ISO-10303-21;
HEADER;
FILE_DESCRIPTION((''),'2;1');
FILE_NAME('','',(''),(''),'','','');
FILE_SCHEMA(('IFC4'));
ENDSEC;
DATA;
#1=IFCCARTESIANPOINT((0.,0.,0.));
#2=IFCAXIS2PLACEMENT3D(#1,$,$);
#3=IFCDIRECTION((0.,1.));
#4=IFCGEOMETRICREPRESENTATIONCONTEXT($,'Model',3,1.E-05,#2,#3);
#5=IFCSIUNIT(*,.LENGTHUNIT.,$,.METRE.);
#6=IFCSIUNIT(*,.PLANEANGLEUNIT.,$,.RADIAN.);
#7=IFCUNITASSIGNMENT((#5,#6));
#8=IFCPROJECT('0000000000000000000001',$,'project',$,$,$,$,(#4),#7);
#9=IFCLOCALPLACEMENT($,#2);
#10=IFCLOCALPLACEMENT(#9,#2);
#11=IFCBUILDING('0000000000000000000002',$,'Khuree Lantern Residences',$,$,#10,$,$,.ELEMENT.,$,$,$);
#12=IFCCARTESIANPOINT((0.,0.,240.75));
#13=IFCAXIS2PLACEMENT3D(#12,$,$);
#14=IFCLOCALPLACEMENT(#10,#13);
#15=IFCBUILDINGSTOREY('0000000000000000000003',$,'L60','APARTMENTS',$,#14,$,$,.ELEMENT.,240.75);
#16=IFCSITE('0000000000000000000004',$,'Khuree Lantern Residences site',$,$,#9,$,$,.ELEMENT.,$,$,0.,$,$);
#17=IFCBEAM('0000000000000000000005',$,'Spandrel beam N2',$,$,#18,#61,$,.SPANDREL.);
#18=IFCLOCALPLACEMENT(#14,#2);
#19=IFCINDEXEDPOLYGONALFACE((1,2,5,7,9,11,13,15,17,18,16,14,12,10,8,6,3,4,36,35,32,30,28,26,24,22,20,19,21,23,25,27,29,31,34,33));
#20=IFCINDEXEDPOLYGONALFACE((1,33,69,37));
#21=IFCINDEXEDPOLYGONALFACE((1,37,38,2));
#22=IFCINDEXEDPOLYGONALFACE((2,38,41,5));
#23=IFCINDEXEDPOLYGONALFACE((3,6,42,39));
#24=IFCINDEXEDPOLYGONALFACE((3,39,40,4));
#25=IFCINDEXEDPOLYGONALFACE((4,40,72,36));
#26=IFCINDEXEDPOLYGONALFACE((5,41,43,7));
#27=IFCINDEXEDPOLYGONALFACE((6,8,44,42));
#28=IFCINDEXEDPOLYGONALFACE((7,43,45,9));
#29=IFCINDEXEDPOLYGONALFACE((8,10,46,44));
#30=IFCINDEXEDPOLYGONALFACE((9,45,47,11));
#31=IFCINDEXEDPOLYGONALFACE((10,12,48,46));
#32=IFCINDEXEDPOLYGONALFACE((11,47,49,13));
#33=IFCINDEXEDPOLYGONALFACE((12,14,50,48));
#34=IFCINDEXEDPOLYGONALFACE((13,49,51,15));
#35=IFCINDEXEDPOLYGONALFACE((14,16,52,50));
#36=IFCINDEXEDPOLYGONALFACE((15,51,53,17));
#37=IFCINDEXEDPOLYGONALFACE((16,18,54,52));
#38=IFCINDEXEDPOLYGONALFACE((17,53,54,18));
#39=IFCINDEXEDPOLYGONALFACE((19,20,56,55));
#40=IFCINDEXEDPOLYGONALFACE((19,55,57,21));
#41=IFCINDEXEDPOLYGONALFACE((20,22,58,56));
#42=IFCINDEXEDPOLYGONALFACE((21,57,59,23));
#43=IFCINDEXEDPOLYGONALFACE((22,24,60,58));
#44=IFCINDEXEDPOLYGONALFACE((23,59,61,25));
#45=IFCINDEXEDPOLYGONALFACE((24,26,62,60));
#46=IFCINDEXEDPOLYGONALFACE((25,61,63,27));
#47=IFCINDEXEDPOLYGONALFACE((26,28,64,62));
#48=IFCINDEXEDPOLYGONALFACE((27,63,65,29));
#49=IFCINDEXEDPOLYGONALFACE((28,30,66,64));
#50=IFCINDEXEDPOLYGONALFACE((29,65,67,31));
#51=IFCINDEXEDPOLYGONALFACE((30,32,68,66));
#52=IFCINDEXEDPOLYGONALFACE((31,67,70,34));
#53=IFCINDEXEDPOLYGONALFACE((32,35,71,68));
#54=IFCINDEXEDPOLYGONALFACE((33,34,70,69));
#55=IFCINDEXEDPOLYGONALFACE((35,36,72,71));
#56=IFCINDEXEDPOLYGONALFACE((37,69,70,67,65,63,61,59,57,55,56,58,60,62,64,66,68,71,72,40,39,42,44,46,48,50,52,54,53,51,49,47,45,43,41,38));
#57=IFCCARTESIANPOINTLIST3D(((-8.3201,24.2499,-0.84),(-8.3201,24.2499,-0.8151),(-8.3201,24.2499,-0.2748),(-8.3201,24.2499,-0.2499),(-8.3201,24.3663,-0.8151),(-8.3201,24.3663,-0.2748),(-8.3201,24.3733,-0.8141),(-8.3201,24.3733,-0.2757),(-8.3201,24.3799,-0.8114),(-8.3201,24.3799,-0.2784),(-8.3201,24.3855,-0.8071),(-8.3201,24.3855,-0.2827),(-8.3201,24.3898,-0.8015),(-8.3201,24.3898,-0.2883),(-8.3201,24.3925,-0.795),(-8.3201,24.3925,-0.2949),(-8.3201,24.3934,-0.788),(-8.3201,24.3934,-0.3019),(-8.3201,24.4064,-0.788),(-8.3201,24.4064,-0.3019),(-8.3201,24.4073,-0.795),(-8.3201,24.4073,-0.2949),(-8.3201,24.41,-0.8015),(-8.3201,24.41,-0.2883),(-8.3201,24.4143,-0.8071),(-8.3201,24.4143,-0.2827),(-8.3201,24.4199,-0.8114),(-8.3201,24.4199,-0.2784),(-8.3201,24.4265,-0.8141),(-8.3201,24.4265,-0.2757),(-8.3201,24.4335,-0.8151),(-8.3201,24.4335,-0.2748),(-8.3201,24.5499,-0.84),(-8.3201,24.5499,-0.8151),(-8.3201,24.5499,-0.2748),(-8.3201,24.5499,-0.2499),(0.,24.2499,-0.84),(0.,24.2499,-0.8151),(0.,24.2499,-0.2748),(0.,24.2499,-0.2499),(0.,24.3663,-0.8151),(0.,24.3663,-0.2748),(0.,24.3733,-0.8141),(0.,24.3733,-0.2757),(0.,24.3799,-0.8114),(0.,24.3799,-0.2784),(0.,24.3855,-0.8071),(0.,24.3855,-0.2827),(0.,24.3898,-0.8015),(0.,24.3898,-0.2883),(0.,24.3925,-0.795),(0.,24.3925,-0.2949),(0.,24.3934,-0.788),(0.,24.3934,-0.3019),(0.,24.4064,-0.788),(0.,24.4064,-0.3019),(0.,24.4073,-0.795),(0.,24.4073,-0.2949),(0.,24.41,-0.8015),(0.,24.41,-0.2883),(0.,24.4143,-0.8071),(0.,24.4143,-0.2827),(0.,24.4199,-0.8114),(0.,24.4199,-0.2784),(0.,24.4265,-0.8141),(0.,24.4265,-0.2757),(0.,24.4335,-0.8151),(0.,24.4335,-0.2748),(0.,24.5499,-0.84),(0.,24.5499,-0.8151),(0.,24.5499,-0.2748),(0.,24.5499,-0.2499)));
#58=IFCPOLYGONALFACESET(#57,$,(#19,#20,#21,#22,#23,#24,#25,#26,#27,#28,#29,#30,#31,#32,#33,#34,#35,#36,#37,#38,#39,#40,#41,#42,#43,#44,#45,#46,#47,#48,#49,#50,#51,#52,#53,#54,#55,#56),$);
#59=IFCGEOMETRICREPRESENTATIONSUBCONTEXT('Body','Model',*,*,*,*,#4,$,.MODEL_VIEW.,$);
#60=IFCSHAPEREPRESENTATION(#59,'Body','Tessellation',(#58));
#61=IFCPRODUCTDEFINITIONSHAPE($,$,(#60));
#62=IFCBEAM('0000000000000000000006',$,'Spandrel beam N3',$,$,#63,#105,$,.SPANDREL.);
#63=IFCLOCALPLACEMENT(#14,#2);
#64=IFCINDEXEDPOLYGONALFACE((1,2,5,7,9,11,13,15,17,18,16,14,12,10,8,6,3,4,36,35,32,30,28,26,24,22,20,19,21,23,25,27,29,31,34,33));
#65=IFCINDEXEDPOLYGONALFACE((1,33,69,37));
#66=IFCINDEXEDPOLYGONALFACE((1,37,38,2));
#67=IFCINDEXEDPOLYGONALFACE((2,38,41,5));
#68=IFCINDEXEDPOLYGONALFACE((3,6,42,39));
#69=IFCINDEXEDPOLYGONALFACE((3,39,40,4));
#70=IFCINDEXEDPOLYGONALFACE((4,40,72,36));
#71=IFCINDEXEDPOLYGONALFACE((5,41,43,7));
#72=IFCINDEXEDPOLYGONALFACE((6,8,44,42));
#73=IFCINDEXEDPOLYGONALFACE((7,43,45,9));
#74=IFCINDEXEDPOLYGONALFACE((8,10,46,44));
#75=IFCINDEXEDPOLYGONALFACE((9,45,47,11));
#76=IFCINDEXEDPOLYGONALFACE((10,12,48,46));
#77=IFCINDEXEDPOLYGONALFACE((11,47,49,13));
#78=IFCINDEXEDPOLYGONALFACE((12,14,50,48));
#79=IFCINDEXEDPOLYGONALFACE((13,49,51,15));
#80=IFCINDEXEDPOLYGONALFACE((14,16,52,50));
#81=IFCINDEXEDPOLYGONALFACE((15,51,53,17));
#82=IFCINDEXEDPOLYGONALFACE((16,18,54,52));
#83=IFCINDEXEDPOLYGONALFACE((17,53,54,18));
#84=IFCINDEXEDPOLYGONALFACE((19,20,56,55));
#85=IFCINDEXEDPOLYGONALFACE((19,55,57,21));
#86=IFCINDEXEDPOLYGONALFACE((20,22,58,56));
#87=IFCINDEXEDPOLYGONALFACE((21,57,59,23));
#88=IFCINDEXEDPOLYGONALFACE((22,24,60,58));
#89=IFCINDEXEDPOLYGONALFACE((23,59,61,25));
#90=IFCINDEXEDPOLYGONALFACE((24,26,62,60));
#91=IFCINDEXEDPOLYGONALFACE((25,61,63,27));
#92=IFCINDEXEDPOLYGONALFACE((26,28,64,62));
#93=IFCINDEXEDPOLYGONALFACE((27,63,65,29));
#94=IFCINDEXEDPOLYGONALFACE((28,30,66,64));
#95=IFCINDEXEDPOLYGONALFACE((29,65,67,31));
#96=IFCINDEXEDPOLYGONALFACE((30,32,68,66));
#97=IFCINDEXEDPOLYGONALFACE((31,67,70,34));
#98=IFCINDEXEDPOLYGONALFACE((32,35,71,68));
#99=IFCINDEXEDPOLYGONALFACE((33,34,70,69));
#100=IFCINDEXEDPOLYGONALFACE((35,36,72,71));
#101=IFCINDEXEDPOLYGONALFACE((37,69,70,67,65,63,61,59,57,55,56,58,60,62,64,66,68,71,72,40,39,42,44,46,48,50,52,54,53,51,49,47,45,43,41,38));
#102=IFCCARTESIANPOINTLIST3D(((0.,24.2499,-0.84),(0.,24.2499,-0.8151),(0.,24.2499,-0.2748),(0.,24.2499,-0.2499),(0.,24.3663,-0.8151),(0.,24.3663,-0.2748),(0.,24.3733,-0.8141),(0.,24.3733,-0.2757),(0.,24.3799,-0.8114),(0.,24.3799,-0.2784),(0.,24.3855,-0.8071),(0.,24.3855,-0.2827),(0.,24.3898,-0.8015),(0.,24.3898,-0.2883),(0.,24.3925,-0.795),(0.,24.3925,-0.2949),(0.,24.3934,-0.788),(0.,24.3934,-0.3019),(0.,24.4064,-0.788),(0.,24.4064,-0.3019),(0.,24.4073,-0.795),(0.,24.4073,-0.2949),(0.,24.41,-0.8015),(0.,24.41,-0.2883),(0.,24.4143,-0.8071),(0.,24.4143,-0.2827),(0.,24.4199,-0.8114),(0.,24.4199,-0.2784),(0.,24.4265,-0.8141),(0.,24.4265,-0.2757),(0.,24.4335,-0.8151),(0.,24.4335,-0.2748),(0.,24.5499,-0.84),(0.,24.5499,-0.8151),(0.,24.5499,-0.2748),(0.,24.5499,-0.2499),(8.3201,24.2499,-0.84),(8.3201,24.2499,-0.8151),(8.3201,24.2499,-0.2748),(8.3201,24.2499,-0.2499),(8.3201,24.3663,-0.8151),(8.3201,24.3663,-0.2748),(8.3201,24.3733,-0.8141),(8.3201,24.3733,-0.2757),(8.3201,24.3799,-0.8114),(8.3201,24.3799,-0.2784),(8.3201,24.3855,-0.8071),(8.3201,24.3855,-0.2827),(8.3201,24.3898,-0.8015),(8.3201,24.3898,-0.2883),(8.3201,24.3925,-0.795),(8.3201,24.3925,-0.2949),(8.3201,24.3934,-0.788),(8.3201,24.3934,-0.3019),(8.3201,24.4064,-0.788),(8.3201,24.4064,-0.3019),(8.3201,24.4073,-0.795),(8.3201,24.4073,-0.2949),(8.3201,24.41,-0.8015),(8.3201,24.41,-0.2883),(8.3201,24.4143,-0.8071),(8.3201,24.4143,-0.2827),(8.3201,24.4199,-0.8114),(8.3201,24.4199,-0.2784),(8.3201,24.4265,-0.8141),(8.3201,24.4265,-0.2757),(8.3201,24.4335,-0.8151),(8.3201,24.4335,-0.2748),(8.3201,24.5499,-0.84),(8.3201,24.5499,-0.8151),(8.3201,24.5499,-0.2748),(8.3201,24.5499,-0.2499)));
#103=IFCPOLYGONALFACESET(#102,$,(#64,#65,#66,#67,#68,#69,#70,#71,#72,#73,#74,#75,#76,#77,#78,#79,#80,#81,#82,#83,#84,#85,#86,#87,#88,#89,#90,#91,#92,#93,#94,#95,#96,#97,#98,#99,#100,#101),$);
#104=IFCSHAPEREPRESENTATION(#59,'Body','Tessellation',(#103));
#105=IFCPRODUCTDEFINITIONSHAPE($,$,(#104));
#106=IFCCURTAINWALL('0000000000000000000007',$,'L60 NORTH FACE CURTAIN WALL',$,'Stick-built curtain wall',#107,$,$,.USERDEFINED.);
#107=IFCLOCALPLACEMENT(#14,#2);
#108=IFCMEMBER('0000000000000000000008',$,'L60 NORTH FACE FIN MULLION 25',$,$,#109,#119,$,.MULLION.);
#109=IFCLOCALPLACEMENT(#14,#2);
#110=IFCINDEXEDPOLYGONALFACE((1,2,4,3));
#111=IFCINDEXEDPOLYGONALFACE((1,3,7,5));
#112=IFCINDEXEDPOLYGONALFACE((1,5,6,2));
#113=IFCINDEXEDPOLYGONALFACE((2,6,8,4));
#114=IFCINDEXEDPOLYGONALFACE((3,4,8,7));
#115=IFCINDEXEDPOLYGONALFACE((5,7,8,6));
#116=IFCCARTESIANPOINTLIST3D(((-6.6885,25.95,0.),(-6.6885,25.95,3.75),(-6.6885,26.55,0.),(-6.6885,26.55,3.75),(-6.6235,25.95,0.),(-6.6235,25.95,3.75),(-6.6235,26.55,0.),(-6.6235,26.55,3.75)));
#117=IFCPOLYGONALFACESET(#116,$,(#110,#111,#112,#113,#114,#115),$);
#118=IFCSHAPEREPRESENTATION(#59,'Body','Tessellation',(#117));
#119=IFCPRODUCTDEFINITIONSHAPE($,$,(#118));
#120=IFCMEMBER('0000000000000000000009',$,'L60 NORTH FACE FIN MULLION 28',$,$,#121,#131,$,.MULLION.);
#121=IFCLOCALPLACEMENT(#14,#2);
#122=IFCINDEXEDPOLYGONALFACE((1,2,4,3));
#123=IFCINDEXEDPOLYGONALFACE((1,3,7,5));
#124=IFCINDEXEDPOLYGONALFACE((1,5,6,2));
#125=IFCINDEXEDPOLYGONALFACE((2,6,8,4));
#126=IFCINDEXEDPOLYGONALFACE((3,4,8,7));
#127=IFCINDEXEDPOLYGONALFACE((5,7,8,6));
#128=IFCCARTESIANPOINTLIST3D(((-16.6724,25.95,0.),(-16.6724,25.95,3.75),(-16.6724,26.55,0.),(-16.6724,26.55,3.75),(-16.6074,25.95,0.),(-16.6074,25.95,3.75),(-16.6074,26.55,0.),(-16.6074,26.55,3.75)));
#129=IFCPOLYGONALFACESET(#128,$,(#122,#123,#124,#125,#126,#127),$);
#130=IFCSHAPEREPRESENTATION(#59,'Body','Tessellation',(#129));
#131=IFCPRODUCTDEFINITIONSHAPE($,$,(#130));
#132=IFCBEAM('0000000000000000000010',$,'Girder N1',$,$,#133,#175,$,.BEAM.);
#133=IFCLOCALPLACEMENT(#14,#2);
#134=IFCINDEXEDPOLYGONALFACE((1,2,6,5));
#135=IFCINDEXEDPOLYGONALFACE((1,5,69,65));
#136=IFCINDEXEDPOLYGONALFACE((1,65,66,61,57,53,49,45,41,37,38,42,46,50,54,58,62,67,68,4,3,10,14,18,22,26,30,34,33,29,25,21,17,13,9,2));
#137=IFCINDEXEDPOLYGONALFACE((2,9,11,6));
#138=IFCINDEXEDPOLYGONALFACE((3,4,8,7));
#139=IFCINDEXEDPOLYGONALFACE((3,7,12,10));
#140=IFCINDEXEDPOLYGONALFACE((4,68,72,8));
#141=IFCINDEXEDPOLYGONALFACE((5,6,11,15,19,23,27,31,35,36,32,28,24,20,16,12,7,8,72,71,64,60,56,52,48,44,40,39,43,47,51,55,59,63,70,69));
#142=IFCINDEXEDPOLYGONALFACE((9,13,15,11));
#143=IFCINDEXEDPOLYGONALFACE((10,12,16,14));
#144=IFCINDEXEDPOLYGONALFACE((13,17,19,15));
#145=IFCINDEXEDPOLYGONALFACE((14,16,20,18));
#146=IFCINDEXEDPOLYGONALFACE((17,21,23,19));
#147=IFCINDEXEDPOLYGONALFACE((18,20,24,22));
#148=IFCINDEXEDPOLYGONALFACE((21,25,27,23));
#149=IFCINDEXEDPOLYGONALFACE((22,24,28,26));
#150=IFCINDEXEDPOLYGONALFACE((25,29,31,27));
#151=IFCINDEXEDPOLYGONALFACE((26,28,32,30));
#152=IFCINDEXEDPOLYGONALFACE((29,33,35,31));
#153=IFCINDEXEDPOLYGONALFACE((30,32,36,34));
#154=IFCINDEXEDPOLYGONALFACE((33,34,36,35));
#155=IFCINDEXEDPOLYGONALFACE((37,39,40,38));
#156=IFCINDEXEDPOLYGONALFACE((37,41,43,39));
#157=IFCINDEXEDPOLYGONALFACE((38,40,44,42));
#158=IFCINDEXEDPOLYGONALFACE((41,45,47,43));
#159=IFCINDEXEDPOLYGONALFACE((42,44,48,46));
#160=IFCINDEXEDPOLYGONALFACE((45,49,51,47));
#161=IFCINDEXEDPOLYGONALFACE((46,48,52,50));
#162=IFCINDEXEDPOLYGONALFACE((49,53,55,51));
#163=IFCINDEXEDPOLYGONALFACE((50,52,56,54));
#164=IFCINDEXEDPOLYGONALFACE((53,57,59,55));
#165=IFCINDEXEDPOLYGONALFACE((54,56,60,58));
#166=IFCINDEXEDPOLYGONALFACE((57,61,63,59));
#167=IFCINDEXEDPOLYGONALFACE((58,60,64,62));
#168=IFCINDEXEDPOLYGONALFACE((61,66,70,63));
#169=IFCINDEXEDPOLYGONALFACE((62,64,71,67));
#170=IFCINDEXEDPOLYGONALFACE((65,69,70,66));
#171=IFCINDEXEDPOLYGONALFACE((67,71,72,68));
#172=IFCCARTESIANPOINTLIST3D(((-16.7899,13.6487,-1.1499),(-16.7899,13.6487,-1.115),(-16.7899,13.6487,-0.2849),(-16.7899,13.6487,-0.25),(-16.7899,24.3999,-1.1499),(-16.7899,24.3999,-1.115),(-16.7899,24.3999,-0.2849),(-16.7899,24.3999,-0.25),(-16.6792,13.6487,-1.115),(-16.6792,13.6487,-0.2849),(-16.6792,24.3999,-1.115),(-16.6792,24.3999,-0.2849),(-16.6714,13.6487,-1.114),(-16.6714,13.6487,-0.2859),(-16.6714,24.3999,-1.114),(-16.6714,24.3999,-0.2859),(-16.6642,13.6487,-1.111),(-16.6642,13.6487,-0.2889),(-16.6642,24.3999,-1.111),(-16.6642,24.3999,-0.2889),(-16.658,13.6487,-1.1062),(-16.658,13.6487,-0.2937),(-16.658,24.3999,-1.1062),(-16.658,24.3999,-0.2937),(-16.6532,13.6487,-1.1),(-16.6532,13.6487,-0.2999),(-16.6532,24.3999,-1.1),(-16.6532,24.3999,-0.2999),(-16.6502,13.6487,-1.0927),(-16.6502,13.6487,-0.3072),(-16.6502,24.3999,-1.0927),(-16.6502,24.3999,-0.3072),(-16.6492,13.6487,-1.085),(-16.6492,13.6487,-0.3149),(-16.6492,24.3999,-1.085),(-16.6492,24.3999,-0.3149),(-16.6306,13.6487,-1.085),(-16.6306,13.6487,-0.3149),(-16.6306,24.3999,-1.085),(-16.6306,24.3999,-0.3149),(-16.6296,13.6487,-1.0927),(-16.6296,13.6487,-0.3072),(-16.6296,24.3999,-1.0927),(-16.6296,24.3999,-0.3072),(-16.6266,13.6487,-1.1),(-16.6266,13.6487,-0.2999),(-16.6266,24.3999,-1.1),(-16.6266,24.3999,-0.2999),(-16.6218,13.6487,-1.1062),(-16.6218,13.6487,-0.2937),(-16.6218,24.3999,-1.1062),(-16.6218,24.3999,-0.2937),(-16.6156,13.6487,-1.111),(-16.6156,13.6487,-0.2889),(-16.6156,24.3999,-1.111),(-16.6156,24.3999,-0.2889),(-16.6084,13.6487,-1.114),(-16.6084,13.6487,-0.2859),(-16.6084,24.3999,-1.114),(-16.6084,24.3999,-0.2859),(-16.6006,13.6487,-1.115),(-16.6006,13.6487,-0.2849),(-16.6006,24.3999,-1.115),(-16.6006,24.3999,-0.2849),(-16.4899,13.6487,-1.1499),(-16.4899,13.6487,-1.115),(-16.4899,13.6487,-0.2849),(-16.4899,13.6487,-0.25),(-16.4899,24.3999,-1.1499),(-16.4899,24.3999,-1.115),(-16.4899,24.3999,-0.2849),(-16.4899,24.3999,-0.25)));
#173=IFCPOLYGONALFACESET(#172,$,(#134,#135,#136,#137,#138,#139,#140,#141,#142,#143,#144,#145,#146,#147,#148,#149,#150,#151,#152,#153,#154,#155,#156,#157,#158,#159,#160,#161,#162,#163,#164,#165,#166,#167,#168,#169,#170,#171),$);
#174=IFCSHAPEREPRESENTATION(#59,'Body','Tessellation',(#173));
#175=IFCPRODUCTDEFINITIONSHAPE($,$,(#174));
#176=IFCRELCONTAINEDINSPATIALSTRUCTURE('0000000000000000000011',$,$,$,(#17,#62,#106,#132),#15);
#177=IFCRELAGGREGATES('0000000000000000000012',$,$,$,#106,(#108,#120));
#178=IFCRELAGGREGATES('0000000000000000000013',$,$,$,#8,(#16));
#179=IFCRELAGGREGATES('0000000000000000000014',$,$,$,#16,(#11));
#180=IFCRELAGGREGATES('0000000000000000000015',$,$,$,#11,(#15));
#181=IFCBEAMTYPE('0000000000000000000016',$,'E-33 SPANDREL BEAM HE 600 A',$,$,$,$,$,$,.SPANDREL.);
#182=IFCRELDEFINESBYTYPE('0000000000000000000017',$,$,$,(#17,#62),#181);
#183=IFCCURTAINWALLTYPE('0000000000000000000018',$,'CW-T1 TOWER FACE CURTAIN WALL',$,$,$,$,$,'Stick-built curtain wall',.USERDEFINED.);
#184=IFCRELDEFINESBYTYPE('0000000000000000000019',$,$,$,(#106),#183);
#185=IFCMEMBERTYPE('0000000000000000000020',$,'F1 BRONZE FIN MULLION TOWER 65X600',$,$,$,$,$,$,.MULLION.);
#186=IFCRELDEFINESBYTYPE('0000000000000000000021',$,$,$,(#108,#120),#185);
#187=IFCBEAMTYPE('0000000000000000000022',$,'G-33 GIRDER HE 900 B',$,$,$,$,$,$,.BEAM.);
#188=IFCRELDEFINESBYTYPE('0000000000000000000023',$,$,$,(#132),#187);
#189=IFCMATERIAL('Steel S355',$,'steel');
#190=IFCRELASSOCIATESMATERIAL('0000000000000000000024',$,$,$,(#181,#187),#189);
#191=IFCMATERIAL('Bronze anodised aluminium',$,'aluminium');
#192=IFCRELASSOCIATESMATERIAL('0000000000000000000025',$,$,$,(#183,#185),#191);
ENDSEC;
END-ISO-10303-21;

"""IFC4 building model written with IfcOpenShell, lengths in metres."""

from ifc_helpers import new_model, si_unit, direction, frame, origin, origin_2d, place, context, subcontext, project, spatial, rectangle, i_section, extrude, material, material_profile, profile_set, type_object, element, aggregate, save


model = new_model("IFC4")

# Units and contexts
model_context = context("Model", 3, precision=1e-05, world=origin(), true_north=direction((0.0, 1.0)))
body_context = subcontext(model_context, "Body", "Model", "MODEL_VIEW")
ifc_project = project(units=[si_unit("LENGTHUNIT", "METRE"), si_unit("PLANEANGLEUNIT", "RADIAN")], contexts=[model_context])

# Site, building, storey
site_placement = place(None, origin())
site = spatial("IfcSite", under=ifc_project, at=site_placement, Name="Khuree Lantern Residences site", CompositionType="ELEMENT", RefElevation=0.0)
building_placement = place(site_placement, origin())
building = spatial("IfcBuilding", under=site, at=building_placement, Name="Khuree Lantern Residences", CompositionType="ELEMENT")
storey_placement = place(building_placement, frame((0.0, 0.0, 240.75)))
storey = spatial("IfcBuildingStorey", under=building, at=storey_placement, Name="L60", Description="APARTMENTS", CompositionType="ELEMENT", Elevation=240.75)

# Beams
ifc_material_1 = material(Name="Steel S355", Category="steel")
ifc_material_profile_1 = material_profile(ifc_material_1, i_section(OverallWidth=0.3, OverallDepth=0.5901, WebThickness=0.0129, FlangeThickness=0.0249, FilletRadius=0.0271, at=origin_2d()), Name="HE 600 A")
ifc_profile_set_1 = profile_set([ifc_material_profile_1], Name="Steel S355")
beam_type_1 = type_object("IfcBeamType", Name="E-33 SPANDREL BEAM HE 600 A", PredefinedType="SPANDREL", material=ifc_profile_set_1)
for number, where, z_axis, x_axis, name in (
    (1, (-8.3201, 24.3999, -0.5449), (1.0, 0.0, 0.0), (0.0, 1.0, 0.0), "Spandrel beam N2"),
    (2, (0.0, 24.3999, -0.5449), (1.0, 0.0, 0.0), (0.0, 1.0, 0.0), "Spandrel beam N3"),
):
    element("IfcBeam", number, at=place(storey_placement, frame(where, z_axis=z_axis, x_axis=x_axis)), inside=storey, type_object=beam_type_1, Name=name, PredefinedType="SPANDREL", context=body_context, shape_type="SweptSolid", body=[
        extrude(i_section(OverallWidth=0.3, OverallDepth=0.5901, WebThickness=0.0129, FlangeThickness=0.0249, FilletRadius=0.0271, at=origin_2d()), origin(), (0.0, 0.0, 1.0), 8.3201),
    ])

# Curtain wall, members
ifc_material_2 = material(Name="Bronze anodised aluminium", Category="aluminium")
curtain_wall_type = type_object("IfcCurtainWallType", Name="CW-T1 TOWER FACE CURTAIN WALL", ElementType="Stick-built curtain wall", PredefinedType="USERDEFINED", material=ifc_material_2)
curtain_wall_placement = place(storey_placement, origin())
curtain_wall = element("IfcCurtainWall", 3, at=curtain_wall_placement, inside=storey, type_object=curtain_wall_type, Name="L60 NORTH FACE CURTAIN WALL", ObjectType="Stick-built curtain wall", PredefinedType="USERDEFINED")
ifc_material_profile_2 = material_profile(ifc_material_2, rectangle(XDim=0.0649, YDim=0.6001, at=origin_2d()), Name="F1 65X600")
ifc_profile_set_2 = profile_set([ifc_material_profile_2], Name="Bronze anodised aluminium")
member_type_1 = type_object("IfcMemberType", Name="F1 BRONZE FIN MULLION TOWER 65X600", PredefinedType="MULLION", material=ifc_profile_set_2)
member_1_placement = place(storey_placement, frame((-6.656, 26.25, 0.0), z_axis=(0.0, 0.0, 1.0), x_axis=(-1.0, 0.0, 0.0)))
member_1 = element("IfcMember", 4, at=member_1_placement, type_object=member_type_1, Name="L60 NORTH FACE FIN MULLION 25", PredefinedType="MULLION", context=body_context, shape_type="SweptSolid", body=[
    extrude(rectangle(XDim=0.0649, YDim=0.6001, at=origin_2d()), origin(), (0.0, 0.0, 1.0), 3.75),
])
member_2_placement = place(storey_placement, frame((-16.6399, 26.25, 0.0), z_axis=(0.0, 0.0, 1.0), x_axis=(-1.0, 0.0, 0.0)))
member_2 = element("IfcMember", 5, at=member_2_placement, type_object=member_type_1, Name="L60 NORTH FACE FIN MULLION 28", PredefinedType="MULLION", context=body_context, shape_type="SweptSolid", body=[
    extrude(rectangle(XDim=0.0649, YDim=0.6001, at=origin_2d()), origin(), (0.0, 0.0, 1.0), 3.75),
])

# Beam
ifc_material_profile_3 = material_profile(ifc_material_1, i_section(OverallWidth=0.3, OverallDepth=0.8999, WebThickness=0.0186, FlangeThickness=0.0349, FilletRadius=0.03, at=origin_2d()), Name="HE 900 B")
ifc_profile_set_3 = profile_set([ifc_material_profile_3], Name="Steel S355")
beam_type_2 = type_object("IfcBeamType", Name="G-33 GIRDER HE 900 B", PredefinedType="BEAM", material=ifc_profile_set_3)
beam_1_placement = place(storey_placement, frame((-16.6399, 24.3999, -0.7), z_axis=(0.0, -1.0, 0.0), x_axis=(1.0, 0.0, 0.0)))
element("IfcBeam", 6, at=beam_1_placement, inside=storey, type_object=beam_type_2, Name="Girder N1", PredefinedType="BEAM", context=body_context, shape_type="SweptSolid", body=[
    extrude(i_section(OverallWidth=0.3, OverallDepth=0.8999, WebThickness=0.0186, FlangeThickness=0.0349, FilletRadius=0.03, at=origin_2d()), origin(), (0.0, 0.0, 1.0), 10.7512),
])

aggregate(curtain_wall, [member_1, member_2])

save(model, "model.ifc")
